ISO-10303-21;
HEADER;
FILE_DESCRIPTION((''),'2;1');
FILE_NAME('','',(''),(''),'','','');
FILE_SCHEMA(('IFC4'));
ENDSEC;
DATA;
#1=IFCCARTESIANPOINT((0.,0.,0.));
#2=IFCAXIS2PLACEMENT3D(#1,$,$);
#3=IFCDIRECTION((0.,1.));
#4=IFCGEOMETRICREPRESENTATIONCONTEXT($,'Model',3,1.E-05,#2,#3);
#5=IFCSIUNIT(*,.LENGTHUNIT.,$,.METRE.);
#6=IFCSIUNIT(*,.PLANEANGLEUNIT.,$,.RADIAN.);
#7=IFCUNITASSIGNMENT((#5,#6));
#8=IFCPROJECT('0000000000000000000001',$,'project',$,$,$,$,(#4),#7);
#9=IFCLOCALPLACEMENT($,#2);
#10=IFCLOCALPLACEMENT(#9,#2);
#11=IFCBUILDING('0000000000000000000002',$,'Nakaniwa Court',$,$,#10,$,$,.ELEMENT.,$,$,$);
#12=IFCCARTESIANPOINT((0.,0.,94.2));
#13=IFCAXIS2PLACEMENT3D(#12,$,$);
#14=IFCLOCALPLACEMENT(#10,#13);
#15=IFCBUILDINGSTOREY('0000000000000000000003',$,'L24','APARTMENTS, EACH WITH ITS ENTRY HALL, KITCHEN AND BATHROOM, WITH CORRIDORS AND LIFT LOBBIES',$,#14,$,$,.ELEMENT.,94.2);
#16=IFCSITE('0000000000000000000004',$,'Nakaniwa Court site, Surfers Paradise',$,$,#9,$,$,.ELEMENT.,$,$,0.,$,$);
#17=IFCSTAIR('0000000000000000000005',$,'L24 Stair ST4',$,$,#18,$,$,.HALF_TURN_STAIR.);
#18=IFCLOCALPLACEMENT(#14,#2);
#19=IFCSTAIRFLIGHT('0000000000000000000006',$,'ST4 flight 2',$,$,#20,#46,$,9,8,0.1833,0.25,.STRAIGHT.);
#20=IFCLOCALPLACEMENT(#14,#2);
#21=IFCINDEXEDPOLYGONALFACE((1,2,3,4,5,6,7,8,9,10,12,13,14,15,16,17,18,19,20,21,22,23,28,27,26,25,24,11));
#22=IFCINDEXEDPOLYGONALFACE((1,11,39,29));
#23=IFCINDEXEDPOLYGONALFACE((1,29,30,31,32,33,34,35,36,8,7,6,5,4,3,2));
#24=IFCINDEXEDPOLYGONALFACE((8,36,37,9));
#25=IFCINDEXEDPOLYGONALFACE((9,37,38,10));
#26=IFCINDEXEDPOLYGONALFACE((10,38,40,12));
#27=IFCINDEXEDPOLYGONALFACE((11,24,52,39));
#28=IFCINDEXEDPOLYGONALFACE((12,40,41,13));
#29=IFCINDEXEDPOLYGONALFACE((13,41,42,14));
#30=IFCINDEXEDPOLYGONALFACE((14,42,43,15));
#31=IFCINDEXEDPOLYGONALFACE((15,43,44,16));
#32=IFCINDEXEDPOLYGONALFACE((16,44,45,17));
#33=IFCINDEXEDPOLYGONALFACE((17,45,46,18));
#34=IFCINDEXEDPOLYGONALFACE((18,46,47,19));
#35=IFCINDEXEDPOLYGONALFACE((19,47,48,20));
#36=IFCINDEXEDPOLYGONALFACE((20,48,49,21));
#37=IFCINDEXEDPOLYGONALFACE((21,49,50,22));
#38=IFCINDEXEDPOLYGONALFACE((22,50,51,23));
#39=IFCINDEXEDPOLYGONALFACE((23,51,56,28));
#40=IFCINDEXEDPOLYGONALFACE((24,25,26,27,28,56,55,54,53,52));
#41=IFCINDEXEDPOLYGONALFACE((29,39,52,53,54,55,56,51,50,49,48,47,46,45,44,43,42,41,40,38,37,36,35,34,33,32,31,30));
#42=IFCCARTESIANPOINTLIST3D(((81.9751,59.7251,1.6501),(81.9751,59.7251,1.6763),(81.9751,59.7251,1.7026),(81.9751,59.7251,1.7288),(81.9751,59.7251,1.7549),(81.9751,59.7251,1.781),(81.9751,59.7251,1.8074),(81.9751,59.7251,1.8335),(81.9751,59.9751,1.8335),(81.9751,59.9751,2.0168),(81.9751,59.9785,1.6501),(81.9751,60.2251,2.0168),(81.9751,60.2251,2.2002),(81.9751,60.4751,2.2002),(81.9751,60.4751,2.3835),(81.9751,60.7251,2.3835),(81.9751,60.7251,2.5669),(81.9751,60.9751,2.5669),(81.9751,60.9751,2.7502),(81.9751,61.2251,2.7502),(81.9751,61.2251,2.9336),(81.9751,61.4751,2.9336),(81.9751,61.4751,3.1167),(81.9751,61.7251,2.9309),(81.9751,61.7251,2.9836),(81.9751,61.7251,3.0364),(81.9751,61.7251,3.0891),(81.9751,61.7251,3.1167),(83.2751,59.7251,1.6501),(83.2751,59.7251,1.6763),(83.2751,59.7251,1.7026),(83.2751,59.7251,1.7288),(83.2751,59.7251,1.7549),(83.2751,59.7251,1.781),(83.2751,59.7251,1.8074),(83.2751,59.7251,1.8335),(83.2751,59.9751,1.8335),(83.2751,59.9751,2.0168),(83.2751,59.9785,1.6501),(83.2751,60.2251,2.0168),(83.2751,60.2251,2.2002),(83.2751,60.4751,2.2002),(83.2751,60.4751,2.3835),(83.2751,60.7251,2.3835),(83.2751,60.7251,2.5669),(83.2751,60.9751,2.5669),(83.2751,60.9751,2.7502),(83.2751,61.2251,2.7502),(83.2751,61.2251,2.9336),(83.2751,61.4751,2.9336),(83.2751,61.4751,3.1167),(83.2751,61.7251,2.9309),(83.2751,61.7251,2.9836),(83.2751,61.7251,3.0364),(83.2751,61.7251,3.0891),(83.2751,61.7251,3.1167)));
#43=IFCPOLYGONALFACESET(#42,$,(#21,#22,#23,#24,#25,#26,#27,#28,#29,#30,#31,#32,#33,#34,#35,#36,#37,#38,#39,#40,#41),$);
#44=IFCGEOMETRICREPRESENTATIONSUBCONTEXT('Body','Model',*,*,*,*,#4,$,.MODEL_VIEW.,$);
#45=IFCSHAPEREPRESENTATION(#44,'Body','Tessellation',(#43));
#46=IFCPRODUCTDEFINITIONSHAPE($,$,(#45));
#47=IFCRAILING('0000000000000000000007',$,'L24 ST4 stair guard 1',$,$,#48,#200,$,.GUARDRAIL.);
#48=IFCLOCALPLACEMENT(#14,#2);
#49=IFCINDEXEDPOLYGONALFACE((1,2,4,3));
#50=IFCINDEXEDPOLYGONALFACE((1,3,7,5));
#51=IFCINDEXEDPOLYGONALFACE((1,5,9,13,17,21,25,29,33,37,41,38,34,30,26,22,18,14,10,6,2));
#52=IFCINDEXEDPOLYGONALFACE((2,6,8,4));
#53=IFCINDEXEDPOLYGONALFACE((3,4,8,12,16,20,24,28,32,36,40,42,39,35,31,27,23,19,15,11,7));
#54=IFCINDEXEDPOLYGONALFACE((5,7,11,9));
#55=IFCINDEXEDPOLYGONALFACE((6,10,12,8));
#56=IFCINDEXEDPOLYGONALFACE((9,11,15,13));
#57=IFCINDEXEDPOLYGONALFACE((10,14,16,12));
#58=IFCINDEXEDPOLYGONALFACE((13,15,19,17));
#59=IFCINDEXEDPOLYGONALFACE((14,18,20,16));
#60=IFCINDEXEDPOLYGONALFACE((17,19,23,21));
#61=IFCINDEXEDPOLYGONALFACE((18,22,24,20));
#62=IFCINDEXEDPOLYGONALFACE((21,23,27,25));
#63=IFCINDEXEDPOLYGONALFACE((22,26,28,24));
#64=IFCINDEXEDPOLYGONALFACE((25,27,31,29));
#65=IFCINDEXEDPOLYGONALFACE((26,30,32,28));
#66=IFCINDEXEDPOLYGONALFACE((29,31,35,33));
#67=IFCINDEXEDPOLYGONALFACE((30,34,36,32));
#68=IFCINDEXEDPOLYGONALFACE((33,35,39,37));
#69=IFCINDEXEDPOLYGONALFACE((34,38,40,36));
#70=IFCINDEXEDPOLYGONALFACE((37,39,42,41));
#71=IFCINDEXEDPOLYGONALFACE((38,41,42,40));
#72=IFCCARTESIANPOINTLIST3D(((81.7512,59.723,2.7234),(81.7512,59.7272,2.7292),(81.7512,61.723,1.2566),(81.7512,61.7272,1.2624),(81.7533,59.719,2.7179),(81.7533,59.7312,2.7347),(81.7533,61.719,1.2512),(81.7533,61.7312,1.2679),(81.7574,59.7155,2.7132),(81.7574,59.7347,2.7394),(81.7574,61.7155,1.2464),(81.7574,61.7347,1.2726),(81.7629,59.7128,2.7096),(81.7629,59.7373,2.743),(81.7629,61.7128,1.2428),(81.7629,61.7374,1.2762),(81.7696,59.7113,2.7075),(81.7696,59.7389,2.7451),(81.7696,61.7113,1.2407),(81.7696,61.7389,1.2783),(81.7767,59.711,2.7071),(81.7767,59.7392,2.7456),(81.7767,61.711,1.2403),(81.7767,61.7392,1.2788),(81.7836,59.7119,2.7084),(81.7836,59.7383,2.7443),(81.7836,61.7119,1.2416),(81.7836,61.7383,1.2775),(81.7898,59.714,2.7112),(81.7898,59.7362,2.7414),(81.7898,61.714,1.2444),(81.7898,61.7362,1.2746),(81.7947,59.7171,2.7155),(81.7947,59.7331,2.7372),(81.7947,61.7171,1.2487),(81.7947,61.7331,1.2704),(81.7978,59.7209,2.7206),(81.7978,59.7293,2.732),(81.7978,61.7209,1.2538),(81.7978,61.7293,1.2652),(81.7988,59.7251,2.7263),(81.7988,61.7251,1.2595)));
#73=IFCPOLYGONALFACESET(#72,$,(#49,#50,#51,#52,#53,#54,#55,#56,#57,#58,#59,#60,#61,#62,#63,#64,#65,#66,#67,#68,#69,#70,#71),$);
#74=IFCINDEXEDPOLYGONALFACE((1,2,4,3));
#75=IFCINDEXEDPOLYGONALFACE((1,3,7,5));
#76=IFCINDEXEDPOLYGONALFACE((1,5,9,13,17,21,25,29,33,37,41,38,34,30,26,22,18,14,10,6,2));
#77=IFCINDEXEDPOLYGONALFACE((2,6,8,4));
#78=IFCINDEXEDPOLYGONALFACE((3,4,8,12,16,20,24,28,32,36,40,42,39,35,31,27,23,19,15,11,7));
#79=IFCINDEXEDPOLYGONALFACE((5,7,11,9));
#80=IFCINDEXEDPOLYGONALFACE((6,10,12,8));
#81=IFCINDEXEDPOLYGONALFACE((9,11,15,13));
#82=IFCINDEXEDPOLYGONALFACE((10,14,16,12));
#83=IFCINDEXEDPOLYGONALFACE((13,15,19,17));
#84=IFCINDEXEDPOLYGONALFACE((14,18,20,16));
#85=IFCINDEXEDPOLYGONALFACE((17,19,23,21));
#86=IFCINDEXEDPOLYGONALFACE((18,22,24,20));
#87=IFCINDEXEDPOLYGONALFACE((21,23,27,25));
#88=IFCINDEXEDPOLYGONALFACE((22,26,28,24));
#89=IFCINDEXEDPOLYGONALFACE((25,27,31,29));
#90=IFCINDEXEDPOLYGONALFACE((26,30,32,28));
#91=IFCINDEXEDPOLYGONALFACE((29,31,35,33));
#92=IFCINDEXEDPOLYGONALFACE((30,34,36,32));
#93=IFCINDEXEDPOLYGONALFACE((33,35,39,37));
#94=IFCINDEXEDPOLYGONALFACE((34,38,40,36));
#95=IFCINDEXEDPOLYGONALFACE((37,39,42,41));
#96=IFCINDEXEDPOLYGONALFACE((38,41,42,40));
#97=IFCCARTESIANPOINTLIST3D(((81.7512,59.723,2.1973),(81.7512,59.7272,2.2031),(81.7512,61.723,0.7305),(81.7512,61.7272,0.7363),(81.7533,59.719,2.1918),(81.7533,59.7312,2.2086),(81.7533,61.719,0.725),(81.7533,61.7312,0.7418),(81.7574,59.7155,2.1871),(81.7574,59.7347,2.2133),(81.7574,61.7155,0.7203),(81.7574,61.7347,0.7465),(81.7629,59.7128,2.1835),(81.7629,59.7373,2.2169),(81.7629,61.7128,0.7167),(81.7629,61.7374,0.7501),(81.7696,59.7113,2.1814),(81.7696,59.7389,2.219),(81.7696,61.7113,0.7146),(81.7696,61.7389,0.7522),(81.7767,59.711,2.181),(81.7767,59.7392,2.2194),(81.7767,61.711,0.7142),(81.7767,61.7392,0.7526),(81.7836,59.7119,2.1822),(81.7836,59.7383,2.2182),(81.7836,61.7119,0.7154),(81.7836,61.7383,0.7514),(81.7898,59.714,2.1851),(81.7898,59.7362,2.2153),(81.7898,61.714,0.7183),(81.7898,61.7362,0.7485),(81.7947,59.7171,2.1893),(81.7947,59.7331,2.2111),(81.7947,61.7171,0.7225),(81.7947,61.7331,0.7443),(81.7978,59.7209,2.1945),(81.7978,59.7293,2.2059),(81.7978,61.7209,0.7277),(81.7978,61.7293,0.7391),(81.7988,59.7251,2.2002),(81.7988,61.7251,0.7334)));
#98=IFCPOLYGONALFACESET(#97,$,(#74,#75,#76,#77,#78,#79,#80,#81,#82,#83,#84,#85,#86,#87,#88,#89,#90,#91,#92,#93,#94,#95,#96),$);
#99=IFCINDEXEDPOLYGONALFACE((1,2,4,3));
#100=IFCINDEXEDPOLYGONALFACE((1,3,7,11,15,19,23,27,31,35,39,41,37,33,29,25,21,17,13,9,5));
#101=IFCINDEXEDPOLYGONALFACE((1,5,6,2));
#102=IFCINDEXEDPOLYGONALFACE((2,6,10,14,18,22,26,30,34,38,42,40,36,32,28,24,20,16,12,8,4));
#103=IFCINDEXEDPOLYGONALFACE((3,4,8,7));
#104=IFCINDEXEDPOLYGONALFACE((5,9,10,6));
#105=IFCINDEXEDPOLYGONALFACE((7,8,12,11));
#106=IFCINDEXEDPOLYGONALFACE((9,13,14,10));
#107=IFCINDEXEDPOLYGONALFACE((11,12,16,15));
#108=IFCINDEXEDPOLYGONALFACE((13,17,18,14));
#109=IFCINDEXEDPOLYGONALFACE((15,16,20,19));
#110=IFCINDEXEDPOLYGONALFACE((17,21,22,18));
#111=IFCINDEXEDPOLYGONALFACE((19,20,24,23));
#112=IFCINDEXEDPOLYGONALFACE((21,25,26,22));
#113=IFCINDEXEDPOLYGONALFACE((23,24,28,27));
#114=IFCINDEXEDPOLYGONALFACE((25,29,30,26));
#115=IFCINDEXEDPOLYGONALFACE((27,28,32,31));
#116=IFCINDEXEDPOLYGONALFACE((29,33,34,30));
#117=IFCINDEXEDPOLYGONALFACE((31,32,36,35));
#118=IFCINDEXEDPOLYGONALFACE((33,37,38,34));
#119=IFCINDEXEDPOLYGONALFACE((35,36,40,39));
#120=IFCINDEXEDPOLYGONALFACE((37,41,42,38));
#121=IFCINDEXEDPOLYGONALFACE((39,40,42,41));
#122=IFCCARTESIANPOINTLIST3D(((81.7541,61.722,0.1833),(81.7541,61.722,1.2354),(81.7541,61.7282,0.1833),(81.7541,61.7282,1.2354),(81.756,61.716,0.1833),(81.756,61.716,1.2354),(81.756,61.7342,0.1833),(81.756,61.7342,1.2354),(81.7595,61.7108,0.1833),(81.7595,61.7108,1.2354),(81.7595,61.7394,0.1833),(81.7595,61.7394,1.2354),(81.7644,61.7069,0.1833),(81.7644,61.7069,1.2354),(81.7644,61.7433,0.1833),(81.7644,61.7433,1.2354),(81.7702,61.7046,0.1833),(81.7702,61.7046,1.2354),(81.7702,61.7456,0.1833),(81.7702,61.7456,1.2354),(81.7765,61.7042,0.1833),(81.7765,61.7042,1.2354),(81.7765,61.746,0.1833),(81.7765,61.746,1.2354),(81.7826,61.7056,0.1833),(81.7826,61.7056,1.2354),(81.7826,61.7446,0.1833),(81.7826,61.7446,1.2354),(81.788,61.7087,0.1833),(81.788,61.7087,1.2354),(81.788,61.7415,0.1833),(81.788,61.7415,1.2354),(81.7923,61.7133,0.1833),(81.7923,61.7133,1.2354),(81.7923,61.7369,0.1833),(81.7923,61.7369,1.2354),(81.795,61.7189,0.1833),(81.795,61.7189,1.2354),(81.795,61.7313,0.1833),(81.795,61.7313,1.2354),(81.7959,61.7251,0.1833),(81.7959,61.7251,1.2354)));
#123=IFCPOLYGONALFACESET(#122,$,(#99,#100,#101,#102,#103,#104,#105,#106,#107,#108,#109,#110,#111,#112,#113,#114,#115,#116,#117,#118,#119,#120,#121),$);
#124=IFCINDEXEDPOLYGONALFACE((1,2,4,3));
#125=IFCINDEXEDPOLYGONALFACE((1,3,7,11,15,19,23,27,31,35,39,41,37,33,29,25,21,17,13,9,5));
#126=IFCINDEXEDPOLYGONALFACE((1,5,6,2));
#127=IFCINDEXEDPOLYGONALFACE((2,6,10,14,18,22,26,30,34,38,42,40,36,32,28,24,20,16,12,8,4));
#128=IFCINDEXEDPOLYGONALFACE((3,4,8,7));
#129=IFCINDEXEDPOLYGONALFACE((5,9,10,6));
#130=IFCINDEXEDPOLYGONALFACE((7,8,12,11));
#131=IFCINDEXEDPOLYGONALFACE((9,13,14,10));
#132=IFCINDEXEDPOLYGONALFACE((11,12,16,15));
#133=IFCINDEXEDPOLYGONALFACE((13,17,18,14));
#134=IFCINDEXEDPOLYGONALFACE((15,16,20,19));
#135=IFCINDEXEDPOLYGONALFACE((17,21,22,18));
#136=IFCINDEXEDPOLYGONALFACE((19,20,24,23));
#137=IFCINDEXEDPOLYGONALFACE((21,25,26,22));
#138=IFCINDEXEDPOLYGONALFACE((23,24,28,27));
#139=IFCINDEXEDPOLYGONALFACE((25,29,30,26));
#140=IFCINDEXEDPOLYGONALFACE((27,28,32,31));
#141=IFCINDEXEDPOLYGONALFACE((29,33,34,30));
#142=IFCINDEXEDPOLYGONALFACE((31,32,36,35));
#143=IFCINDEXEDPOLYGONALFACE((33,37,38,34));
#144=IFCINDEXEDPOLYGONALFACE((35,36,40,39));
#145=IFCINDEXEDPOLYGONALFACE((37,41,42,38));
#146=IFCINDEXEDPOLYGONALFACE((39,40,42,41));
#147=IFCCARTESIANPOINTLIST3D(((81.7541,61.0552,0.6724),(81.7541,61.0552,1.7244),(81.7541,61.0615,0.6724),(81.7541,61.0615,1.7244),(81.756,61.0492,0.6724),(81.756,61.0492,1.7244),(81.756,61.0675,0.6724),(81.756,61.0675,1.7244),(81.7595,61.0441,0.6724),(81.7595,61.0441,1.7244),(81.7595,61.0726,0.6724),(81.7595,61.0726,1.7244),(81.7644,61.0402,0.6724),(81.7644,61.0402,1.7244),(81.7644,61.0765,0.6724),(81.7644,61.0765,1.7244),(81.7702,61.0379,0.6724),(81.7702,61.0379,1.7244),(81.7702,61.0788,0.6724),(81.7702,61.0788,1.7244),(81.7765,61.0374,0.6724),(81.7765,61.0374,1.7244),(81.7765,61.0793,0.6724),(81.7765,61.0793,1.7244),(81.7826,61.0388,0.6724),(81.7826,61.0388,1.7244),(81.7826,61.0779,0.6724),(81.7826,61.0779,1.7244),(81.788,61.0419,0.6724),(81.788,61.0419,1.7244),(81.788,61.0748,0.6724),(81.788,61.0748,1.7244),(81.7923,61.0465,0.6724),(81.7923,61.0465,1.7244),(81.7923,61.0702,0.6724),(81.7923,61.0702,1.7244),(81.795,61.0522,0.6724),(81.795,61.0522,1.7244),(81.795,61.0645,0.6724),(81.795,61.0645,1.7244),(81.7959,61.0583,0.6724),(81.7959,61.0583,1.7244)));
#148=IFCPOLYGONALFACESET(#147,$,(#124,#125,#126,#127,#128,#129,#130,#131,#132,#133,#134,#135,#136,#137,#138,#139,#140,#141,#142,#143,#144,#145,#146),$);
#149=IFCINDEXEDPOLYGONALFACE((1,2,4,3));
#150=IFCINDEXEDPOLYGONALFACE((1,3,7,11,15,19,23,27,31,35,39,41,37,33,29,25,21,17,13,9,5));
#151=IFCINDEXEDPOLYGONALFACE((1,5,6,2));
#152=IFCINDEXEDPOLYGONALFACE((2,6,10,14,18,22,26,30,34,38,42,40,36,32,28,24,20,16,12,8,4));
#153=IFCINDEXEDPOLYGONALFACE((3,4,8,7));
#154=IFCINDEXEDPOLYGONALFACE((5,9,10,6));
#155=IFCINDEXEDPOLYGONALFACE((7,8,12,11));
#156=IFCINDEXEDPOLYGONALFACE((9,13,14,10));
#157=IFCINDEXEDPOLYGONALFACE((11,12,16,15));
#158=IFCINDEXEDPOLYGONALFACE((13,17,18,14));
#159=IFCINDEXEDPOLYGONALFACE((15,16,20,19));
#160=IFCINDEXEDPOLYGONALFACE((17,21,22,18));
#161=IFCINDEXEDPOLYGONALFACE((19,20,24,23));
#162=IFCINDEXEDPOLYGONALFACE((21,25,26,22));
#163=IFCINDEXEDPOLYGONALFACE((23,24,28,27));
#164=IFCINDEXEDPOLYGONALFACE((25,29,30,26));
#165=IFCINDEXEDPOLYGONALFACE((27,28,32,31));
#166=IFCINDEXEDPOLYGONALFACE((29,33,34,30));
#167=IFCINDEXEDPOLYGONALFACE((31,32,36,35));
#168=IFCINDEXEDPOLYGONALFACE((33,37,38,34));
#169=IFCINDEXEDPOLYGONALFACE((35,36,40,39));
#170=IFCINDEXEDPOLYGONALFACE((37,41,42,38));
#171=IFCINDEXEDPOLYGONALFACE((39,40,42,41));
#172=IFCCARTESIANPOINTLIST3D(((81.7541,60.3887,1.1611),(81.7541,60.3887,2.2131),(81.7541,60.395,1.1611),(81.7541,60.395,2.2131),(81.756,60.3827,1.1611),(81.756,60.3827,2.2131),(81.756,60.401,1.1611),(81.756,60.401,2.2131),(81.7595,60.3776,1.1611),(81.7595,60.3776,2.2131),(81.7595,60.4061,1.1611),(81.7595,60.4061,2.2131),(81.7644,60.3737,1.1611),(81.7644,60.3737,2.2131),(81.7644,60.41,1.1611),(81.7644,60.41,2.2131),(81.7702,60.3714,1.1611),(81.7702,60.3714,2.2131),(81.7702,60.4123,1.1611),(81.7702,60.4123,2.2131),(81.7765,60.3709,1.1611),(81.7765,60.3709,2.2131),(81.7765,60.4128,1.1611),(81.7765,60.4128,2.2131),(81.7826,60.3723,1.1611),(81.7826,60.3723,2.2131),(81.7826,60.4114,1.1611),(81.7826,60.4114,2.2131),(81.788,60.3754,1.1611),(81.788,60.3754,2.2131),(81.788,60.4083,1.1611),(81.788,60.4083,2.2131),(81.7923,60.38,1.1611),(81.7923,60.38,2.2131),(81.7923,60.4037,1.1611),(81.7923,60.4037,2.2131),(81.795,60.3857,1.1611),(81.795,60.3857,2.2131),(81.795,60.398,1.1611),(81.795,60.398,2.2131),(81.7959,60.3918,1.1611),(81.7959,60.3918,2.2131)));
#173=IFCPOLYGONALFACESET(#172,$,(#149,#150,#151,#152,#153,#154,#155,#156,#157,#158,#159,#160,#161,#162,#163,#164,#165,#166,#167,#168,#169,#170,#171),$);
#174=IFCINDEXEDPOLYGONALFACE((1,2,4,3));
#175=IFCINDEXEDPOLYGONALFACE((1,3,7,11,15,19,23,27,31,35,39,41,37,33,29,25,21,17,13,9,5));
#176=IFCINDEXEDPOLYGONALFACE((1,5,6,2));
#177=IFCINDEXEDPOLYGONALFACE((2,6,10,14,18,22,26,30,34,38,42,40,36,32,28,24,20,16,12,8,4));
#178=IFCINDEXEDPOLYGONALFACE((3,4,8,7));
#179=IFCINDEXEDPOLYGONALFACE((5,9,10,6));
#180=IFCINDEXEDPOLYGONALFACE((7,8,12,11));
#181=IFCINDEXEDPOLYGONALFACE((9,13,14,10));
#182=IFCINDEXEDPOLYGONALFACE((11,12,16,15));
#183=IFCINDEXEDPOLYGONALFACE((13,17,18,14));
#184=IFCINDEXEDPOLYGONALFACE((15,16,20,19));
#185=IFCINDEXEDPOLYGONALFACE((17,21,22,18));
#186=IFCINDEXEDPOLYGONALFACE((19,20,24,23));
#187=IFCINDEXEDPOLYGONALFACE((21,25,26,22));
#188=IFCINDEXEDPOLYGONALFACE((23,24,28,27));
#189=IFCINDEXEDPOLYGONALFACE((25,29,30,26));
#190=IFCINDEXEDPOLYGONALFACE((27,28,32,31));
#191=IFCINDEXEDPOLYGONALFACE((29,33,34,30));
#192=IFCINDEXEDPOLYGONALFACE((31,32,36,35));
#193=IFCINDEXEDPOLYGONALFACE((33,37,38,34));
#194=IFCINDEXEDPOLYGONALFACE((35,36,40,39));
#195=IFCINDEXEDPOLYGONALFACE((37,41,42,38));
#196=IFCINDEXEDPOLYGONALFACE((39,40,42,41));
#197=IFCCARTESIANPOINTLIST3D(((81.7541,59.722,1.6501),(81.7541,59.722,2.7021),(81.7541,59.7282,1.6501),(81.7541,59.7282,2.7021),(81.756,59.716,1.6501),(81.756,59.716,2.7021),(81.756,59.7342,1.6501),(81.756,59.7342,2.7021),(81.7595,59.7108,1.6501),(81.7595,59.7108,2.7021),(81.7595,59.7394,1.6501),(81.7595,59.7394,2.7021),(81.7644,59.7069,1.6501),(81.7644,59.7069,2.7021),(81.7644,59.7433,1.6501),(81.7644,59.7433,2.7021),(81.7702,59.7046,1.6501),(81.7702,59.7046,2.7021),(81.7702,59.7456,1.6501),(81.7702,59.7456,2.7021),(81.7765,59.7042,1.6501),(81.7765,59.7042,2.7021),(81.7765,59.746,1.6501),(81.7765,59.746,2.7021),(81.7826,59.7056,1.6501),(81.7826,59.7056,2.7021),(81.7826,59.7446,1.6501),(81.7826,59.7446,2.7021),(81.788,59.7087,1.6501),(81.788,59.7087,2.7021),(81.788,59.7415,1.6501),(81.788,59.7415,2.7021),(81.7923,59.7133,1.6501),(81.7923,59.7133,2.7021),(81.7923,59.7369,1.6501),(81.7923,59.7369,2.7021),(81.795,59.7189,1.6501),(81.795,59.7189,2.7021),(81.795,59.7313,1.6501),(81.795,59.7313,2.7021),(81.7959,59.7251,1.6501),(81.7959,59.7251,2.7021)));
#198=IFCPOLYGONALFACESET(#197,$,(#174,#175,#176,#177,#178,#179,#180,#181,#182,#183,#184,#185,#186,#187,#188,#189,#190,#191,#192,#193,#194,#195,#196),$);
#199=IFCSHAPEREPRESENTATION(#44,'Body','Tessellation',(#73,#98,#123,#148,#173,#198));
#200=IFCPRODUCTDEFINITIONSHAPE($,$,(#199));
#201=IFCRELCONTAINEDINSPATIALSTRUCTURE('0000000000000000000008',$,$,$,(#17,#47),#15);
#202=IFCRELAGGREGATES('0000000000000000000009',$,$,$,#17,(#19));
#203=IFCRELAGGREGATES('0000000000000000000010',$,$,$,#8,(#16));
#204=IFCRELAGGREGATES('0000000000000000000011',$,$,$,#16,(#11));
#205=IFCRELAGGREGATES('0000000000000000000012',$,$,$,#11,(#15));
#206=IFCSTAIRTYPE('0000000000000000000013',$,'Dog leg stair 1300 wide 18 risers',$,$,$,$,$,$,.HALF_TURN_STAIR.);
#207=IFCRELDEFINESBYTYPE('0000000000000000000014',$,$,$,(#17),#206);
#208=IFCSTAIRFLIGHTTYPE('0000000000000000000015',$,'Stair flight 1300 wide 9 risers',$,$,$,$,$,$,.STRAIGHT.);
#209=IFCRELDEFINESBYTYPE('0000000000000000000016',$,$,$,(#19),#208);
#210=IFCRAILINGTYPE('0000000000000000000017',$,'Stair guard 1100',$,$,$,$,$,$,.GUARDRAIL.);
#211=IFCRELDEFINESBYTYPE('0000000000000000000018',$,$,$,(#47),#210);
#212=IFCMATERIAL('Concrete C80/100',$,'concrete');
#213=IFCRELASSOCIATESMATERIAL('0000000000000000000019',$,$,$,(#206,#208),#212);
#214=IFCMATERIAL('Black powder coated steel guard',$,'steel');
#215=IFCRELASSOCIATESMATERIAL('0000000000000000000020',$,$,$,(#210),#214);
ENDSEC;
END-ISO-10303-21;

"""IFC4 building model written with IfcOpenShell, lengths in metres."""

from ifc_helpers import new_model, si_unit, direction, frame, origin, origin_2d, place, context, subcontext, project, spatial, polyline, circle, outline, extrude, material, type_object, element, aggregate, save


model = new_model("IFC4")

# Units and contexts
model_context = context("Model", 3, precision=1e-05, world=origin(), true_north=direction((0.0, 1.0)))
body_context = subcontext(model_context, "Body", "Model", "MODEL_VIEW")
ifc_project = project(units=[si_unit("LENGTHUNIT", "METRE"), si_unit("PLANEANGLEUNIT", "RADIAN")], contexts=[model_context])

# Site, building, storey
site_placement = place(None, origin())
site = spatial("IfcSite", under=ifc_project, at=site_placement, Name="Nakaniwa Court site, Surfers Paradise", CompositionType="ELEMENT", RefElevation=0.0)
building_placement = place(site_placement, origin())
building = spatial("IfcBuilding", under=site, at=building_placement, Name="Nakaniwa Court", CompositionType="ELEMENT")
storey_placement = place(building_placement, frame((0.0, 0.0, 94.2)))
storey = spatial("IfcBuildingStorey", under=building, at=storey_placement, Name="L24", Description="APARTMENTS, EACH WITH ITS ENTRY HALL, KITCHEN AND BATHROOM, WITH CORRIDORS AND LIFT LOBBIES", CompositionType="ELEMENT", Elevation=94.2)

# Shared definitions
ifc_material_1 = material(Name="Concrete C80/100", Category="concrete")

# Stair, stair flight
stair_type = type_object("IfcStairType", Name="Dog leg stair 1300 wide 18 risers", PredefinedType="HALF_TURN_STAIR", material=ifc_material_1)
stair_placement = place(storey_placement, origin())
stair = element("IfcStair", 1, at=stair_placement, inside=storey, type_object=stair_type, Name="L24 Stair ST4", PredefinedType="HALF_TURN_STAIR")
stair_flight_type = type_object("IfcStairFlightType", Name="Stair flight 1300 wide 9 risers", PredefinedType="STRAIGHT", material=ifc_material_1)
stair_flight_1_placement = place(storey_placement, frame((82.625, 59.7251, 1.6501), z_axis=(0.0, 0.0, 1.0), x_axis=(0.0, 1.0, 0.0)))
stair_flight_1 = element("IfcStairFlight", 2, at=stair_flight_1_placement, type_object=stair_flight_type, Name="ST4 flight 2", NumberOfRisers=9, NumberOfTreads=8, PredefinedType="STRAIGHT", RiserHeight=0.1833, TreadLength=0.25, context=body_context, shape_type="SweptSolid", body=[
    extrude(outline(polyline([(0.0, 0.0), (0.0, 0.0261), (0.0, 0.0525), (0.0, 0.0786), (0.0, 0.1047), (0.0, 0.1309), (0.0, 0.1572), (0.0, 0.1833), (0.25, 0.1833), (0.25, 0.3667), (0.5, 0.3667), (0.5, 0.55), (0.75, 0.55), (0.75, 0.7334), (1.0, 0.7334), (1.0, 0.9167), (1.25, 0.9167), (1.25, 1.1001), (1.5, 1.1001), (1.5, 1.2834), (1.75, 1.2834), (1.75, 1.4666), (2.0, 1.4666), (2.0, 1.6499), (2.0, 1.5972), (2.0, 1.5444), (2.0, 1.4917), (2.0, 1.439), (2.0, 1.3862), (2.0, 1.3335), (2.0, 1.2808), (0.2534, 0.0), (0.0, 0.0)])), frame((0.0, 0.6499, 0.0), z_axis=(0.0, -1.0, 0.0), x_axis=(1.0, 0.0, 0.0)), (0.0, 0.0, 1.0), 1.3),
])
aggregate(stair, [stair_flight_1])

# Railing
ifc_material_2 = material(Name="Black powder coated steel guard", Category="steel")
railing_type_1 = type_object("IfcRailingType", Name="Stair guard 1100", PredefinedType="GUARDRAIL", material=ifc_material_2)
railing_1_placement = place(storey_placement, frame((81.7749, 61.7251, 0.1833)))
element("IfcRailing", 3, at=railing_1_placement, inside=storey, type_object=railing_type_1, Name="L24 ST4 stair guard 1", PredefinedType="GUARDRAIL", context=body_context, shape_type="SweptSolid", body=[
    extrude(circle(Radius=0.0239, at=origin_2d()), frame((0.0, 0.0, 1.0762), z_axis=(0.0, -0.80638, 0.591398), x_axis=(1.0, 0.0, 0.0)), (0.0, 0.0, 1.0), 2.4802),
    extrude(circle(Radius=0.0239, at=origin_2d()), frame((0.0, 0.0, 0.55), z_axis=(0.0, -0.80638, 0.591398), x_axis=(1.0, 0.0, 0.0)), (0.0, 0.0, 1.0), 2.4802),
    extrude(circle(Radius=0.021, at=origin_2d()), origin(), (0.0, 0.0, 1.0), 1.052),
    extrude(circle(Radius=0.021, at=origin_2d()), frame((0.0, -0.6667, 0.489)), (0.0, 0.0, 1.0), 1.052),
    extrude(circle(Radius=0.021, at=origin_2d()), frame((0.0, -1.3333, 0.9778)), (0.0, 0.0, 1.0), 1.052),
    extrude(circle(Radius=0.021, at=origin_2d()), frame((0.0, -2.0, 1.4668)), (0.0, 0.0, 1.0), 1.052),
])

save(model, "model.ifc")
